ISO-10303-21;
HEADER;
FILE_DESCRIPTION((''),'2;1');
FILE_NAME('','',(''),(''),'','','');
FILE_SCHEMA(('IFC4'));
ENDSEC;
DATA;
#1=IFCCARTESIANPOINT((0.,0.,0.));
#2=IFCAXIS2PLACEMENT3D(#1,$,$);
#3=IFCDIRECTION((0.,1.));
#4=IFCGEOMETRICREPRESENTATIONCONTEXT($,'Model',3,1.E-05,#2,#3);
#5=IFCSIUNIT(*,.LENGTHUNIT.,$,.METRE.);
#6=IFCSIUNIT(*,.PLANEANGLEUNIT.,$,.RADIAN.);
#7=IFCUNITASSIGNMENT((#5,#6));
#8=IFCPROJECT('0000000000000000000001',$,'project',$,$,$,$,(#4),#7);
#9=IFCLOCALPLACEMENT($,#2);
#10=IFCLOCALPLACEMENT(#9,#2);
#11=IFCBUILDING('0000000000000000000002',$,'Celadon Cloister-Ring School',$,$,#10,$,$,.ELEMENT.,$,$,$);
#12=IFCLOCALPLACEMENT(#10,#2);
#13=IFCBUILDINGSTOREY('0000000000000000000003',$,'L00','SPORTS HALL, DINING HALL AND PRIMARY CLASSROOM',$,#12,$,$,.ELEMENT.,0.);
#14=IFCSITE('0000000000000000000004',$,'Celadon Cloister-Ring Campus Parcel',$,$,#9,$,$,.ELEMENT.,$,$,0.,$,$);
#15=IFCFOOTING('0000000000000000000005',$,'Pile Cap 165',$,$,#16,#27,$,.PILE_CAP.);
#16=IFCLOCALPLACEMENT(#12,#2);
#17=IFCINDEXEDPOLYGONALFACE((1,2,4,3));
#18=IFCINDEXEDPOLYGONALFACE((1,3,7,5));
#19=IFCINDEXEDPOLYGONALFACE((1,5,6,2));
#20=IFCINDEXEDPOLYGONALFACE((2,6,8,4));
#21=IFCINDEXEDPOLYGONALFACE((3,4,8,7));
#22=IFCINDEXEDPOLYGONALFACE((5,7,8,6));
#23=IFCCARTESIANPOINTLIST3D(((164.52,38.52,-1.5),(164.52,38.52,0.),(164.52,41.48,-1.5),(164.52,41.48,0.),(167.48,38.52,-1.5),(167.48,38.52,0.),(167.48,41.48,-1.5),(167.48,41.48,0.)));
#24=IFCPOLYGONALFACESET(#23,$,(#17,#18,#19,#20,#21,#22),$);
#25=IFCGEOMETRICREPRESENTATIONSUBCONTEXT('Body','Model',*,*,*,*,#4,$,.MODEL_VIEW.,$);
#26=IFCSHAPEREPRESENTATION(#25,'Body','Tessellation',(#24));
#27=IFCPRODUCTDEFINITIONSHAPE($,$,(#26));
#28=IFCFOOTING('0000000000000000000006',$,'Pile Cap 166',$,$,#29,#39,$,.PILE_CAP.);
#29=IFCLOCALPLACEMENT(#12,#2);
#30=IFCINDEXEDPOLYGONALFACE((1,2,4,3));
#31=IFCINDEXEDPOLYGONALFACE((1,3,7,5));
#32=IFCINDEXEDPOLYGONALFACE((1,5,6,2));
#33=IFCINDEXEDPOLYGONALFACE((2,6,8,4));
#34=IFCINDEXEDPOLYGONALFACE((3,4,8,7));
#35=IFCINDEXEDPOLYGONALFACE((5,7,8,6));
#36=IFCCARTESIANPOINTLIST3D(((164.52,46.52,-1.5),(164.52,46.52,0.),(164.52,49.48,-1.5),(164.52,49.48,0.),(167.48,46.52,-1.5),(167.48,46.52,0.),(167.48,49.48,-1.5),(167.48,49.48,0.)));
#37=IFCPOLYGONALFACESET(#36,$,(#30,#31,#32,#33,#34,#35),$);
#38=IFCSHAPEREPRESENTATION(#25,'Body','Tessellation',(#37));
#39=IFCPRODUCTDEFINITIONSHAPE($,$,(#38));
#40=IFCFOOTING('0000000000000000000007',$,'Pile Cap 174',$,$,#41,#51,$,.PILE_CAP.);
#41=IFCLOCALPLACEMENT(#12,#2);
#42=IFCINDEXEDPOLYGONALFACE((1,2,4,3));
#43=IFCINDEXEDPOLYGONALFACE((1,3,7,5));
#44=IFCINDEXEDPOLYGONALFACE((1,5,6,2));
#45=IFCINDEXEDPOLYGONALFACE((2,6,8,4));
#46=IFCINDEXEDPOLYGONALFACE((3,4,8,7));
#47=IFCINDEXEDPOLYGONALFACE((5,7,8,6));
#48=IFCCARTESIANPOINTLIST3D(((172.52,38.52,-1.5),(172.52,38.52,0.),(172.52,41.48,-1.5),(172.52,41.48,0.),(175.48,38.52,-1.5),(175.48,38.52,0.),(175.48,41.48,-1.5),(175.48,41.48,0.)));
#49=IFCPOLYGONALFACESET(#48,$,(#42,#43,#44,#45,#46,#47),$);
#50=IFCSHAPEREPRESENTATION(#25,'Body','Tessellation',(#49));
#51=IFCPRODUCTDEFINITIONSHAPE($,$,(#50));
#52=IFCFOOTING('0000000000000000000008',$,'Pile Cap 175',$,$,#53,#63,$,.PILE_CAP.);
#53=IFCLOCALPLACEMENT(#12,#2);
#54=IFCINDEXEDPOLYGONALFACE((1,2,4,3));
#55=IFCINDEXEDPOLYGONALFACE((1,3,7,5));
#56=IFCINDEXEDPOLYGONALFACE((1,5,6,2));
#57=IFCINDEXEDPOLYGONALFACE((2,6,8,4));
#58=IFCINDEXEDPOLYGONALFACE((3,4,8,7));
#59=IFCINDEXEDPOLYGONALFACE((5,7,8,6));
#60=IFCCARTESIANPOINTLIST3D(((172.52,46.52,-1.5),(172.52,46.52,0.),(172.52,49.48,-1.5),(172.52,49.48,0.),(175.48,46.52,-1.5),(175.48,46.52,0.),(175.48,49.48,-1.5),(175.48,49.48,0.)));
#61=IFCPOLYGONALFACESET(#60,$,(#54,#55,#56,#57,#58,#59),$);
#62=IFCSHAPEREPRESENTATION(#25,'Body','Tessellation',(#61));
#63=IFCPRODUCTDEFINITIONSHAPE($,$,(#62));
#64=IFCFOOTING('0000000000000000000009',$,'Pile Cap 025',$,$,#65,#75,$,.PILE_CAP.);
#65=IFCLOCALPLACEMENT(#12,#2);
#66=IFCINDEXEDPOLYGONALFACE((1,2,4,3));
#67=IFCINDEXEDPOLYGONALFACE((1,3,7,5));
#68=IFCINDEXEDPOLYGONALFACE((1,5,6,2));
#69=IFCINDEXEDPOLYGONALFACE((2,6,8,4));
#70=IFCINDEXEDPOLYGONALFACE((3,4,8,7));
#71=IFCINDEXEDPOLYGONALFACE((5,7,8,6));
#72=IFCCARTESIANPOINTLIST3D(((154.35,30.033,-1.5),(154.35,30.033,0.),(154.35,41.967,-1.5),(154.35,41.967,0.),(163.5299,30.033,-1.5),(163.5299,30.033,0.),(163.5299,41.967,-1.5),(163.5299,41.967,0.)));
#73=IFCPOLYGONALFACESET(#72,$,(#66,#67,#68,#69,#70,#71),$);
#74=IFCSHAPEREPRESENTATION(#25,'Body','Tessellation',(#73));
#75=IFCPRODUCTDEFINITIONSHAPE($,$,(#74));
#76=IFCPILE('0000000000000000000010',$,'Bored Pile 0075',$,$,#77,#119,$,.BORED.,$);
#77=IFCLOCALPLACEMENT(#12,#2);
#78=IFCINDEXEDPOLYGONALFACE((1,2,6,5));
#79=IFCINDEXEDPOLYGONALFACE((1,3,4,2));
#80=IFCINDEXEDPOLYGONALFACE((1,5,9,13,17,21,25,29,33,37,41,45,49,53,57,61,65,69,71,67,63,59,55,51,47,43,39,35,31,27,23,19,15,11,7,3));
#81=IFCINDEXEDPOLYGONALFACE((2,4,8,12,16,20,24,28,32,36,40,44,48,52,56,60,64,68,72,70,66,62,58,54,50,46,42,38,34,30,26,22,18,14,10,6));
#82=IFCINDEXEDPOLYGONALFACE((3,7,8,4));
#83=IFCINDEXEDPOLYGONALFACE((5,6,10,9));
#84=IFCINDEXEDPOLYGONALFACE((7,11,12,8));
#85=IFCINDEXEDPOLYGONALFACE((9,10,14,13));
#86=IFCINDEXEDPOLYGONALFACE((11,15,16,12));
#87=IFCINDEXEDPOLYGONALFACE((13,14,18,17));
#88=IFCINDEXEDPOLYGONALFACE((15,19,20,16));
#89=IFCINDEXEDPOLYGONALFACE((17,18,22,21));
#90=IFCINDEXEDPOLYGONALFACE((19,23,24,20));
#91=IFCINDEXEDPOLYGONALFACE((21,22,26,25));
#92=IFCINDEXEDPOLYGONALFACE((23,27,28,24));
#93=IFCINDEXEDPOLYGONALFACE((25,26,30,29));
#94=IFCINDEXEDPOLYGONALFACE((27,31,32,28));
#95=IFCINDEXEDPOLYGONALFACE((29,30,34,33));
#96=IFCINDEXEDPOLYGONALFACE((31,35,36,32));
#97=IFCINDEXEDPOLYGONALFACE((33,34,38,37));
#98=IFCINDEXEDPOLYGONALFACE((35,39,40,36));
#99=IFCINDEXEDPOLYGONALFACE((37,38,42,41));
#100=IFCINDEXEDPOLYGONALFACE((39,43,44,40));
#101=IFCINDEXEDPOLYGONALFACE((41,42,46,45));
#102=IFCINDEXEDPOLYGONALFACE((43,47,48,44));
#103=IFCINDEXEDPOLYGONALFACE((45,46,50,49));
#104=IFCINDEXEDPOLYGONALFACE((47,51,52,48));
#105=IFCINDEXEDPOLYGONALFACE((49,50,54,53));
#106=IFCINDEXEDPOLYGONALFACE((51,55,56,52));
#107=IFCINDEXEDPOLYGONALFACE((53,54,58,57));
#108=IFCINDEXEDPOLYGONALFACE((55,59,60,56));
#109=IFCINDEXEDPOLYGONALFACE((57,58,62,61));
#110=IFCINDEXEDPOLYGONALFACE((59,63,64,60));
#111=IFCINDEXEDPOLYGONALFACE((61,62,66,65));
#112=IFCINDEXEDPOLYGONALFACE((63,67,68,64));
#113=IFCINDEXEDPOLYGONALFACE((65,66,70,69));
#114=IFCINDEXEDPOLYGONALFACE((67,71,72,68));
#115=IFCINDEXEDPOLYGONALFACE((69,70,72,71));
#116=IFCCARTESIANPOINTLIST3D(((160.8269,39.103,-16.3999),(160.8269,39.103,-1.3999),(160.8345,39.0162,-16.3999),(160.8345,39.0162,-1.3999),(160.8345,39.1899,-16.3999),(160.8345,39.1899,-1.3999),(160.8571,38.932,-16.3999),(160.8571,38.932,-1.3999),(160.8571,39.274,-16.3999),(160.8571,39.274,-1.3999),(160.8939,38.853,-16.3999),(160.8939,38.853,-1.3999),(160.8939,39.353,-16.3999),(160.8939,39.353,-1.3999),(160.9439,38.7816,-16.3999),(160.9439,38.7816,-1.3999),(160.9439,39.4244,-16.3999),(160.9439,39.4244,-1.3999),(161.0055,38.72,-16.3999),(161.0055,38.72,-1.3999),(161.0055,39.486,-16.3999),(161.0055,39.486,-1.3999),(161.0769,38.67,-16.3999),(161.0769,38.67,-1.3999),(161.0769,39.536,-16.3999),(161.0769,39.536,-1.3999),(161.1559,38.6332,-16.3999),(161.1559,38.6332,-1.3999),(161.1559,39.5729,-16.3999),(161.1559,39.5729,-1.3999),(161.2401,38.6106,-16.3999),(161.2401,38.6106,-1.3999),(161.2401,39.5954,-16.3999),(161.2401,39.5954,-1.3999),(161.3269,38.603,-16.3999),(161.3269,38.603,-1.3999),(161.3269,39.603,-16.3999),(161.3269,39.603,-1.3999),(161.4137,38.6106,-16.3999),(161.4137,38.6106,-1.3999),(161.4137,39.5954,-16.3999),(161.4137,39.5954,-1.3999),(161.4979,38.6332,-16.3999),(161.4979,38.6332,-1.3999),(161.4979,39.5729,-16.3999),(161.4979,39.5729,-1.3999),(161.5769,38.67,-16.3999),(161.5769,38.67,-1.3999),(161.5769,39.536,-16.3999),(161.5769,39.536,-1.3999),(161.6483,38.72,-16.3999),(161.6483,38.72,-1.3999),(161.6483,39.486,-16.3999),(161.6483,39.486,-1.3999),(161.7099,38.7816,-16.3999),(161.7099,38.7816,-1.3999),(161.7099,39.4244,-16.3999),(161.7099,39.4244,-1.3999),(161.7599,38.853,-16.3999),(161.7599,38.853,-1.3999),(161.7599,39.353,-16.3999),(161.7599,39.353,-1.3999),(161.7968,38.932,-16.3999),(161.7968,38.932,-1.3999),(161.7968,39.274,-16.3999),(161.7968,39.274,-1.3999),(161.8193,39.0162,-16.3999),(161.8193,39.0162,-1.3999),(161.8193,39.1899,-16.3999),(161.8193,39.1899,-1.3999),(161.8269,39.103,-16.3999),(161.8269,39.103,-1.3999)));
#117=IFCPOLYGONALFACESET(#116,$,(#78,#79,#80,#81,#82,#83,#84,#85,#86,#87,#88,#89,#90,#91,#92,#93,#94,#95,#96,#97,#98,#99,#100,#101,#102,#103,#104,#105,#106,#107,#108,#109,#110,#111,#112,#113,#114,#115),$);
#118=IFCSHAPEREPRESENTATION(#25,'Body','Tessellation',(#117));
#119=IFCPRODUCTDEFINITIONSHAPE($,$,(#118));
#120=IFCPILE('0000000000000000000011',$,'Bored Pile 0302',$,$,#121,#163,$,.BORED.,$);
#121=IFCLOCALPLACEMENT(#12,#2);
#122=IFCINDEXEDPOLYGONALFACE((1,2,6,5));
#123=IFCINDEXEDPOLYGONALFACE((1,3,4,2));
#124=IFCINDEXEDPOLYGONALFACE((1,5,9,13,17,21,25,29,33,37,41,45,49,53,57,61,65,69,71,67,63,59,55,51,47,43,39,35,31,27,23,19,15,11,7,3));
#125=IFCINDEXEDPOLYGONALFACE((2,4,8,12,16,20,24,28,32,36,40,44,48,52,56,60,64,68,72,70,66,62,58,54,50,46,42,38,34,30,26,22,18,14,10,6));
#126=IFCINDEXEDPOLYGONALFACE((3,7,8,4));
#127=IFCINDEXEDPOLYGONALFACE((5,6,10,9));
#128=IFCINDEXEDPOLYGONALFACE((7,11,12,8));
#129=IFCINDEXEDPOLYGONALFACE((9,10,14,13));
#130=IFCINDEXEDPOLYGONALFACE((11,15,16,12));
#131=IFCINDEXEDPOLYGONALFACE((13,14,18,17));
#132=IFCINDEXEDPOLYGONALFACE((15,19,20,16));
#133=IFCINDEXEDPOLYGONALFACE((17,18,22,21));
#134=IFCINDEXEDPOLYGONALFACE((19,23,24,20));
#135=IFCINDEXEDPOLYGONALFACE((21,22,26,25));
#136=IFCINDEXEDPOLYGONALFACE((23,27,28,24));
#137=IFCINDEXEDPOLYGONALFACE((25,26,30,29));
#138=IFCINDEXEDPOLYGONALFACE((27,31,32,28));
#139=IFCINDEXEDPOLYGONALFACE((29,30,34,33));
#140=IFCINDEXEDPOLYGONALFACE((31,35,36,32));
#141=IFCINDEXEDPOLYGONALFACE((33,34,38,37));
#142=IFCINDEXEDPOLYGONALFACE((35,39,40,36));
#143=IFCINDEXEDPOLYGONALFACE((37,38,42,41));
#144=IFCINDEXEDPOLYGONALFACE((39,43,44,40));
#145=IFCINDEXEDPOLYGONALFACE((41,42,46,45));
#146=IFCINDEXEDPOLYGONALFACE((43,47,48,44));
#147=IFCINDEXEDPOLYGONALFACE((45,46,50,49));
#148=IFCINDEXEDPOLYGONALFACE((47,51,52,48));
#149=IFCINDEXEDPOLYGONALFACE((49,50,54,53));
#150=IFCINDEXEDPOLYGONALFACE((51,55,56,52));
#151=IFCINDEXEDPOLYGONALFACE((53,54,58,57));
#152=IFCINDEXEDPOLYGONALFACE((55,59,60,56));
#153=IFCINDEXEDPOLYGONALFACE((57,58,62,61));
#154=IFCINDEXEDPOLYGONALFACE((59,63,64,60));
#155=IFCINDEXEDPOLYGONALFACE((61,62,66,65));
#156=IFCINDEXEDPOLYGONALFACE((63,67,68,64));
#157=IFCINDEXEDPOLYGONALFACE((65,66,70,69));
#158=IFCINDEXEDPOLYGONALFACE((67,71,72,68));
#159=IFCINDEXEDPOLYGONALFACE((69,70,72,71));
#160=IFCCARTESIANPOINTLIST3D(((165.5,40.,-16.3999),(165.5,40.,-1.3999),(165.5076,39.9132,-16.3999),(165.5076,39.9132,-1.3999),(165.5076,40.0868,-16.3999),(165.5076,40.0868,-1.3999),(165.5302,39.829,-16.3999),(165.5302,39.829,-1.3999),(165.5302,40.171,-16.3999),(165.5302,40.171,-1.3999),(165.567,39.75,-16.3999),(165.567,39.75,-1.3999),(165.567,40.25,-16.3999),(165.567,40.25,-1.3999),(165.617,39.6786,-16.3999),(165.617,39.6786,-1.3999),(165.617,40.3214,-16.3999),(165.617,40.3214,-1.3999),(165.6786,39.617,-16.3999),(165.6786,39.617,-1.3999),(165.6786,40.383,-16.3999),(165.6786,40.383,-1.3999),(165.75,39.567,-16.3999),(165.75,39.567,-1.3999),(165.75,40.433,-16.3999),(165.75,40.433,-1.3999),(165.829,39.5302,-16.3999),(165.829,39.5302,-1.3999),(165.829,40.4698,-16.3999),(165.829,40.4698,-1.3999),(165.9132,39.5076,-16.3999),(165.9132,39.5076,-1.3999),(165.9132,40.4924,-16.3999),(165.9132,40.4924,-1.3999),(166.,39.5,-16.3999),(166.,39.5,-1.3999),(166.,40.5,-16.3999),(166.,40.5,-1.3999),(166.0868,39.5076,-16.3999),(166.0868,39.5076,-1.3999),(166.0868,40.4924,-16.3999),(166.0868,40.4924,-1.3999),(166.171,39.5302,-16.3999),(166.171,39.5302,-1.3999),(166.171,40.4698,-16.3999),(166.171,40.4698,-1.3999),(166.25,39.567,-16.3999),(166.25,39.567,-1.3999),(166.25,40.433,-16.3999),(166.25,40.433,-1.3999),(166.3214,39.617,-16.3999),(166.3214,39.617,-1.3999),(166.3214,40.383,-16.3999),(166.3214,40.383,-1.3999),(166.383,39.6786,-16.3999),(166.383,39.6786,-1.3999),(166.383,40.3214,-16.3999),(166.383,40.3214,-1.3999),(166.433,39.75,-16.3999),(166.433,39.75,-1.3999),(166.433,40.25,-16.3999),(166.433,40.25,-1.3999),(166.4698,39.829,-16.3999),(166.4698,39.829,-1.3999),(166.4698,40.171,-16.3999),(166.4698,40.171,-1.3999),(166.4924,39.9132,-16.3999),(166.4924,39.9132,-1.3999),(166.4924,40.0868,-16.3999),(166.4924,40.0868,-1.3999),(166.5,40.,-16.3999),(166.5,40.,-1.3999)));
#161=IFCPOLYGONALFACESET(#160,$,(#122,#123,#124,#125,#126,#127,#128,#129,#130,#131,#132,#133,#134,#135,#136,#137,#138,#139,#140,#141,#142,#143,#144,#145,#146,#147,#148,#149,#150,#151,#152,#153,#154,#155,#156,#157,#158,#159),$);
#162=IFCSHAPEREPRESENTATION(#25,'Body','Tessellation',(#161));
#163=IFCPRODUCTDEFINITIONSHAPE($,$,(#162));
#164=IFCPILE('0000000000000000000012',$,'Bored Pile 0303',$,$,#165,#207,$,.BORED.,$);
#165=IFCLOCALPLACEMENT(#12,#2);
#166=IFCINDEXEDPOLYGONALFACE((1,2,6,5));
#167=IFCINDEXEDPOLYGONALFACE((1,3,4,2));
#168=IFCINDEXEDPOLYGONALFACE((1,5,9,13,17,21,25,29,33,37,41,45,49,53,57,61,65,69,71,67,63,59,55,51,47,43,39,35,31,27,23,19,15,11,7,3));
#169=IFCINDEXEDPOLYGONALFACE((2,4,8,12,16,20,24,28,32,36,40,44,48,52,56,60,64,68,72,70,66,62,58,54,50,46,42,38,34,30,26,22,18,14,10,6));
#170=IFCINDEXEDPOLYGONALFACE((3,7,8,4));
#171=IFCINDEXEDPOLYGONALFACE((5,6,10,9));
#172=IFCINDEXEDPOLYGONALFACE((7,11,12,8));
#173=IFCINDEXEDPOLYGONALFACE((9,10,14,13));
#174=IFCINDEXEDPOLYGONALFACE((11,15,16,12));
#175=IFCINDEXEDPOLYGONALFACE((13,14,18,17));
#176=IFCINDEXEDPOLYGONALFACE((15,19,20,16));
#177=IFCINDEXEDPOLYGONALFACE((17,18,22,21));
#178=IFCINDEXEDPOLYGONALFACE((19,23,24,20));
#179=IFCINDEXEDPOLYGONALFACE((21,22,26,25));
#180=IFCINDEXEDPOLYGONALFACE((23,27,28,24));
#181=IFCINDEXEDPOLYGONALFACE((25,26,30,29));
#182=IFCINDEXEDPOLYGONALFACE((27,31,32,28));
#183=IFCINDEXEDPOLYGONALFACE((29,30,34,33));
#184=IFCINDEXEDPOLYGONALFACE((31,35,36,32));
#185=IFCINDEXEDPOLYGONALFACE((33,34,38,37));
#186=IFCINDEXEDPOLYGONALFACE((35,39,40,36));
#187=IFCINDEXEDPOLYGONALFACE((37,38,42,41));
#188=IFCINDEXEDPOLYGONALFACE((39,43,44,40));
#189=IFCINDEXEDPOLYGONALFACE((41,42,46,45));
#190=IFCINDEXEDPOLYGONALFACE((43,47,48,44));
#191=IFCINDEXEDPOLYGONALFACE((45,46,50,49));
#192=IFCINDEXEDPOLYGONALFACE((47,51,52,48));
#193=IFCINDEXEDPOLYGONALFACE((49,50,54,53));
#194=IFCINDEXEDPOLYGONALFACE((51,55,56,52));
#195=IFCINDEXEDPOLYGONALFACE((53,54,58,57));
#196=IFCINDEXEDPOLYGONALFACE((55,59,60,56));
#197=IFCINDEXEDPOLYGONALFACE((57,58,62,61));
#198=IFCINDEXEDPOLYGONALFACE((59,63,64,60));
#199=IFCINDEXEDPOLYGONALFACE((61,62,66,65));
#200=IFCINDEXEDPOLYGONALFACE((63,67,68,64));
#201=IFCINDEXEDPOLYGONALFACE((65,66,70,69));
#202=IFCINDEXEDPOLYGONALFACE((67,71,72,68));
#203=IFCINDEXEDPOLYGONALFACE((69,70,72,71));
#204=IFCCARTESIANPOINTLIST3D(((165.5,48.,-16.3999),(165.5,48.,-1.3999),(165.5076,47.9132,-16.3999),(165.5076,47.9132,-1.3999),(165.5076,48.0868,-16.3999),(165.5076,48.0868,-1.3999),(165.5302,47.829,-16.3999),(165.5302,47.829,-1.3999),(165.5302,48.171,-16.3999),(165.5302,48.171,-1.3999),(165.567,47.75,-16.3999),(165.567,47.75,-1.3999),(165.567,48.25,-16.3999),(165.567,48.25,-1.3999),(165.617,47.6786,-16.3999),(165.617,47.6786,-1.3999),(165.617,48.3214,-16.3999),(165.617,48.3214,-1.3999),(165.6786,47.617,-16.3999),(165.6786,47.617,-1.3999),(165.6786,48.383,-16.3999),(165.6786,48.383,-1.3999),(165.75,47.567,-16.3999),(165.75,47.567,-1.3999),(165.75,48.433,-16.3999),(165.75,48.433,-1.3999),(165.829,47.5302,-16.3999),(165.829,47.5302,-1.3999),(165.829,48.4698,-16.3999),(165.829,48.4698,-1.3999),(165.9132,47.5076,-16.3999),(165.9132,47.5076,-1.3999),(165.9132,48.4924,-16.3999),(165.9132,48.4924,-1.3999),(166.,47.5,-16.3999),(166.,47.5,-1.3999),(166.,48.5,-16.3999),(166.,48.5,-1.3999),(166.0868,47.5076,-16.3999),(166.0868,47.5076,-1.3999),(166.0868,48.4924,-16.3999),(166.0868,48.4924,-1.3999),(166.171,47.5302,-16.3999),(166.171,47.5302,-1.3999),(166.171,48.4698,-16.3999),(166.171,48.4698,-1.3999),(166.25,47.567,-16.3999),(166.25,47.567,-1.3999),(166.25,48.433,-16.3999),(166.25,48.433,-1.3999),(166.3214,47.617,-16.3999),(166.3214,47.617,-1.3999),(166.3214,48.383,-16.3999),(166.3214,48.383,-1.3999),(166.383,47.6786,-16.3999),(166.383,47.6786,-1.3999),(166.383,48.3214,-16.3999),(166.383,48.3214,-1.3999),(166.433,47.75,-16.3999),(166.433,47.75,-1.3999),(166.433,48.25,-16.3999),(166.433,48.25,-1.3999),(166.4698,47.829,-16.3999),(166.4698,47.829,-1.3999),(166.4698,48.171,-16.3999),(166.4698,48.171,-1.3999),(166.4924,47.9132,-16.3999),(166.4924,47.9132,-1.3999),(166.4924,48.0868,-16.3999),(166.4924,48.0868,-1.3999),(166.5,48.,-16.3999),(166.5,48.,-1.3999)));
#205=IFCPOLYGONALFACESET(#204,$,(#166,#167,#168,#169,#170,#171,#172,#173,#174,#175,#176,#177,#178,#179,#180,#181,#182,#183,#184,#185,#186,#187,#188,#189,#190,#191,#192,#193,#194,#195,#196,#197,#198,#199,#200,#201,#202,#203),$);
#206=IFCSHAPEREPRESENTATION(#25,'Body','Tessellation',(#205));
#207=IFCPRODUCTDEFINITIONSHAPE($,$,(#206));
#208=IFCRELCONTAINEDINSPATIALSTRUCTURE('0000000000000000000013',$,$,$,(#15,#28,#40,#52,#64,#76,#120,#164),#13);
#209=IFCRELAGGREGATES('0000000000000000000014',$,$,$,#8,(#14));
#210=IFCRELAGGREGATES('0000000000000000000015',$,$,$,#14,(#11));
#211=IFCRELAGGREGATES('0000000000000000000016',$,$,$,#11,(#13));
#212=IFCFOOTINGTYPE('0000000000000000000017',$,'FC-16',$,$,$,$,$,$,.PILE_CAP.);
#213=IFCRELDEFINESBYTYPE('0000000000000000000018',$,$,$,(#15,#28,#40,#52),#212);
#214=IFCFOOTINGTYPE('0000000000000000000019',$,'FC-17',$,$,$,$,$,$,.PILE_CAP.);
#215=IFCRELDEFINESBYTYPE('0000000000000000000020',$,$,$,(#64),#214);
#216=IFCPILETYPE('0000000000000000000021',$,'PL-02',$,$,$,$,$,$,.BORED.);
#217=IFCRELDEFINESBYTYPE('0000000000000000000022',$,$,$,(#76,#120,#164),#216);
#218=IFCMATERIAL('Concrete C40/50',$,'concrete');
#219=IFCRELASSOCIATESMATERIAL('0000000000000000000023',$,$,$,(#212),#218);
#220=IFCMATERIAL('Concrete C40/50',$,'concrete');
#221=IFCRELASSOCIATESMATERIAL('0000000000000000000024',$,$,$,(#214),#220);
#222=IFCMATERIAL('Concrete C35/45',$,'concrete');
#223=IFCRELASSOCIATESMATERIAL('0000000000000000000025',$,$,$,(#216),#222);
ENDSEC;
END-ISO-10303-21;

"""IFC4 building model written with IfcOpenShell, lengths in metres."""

from ifc_helpers import new_model, si_unit, direction, frame, origin, origin_2d, place, context, subcontext, project, spatial, rectangle, circle, extrude, material, material_profile, profile_set, type_object, element, save


model = new_model("IFC4")

# Units and contexts
model_context = context("Model", 3, precision=1e-05, world=origin(), true_north=direction((0.0, 1.0)))
body_context = subcontext(model_context, "Body", "Model", "MODEL_VIEW")
ifc_project = project(units=[si_unit("LENGTHUNIT", "METRE"), si_unit("PLANEANGLEUNIT", "RADIAN")], contexts=[model_context])

# Site, building, storey
site_placement = place(None, origin())
site = spatial("IfcSite", under=ifc_project, at=site_placement, Name="Celadon Cloister-Ring Campus Parcel", CompositionType="ELEMENT", RefElevation=0.0)
building_placement = place(site_placement, origin())
building = spatial("IfcBuilding", under=site, at=building_placement, Name="Celadon Cloister-Ring School", CompositionType="ELEMENT")
storey_placement = place(building_placement, origin())
storey = spatial("IfcBuildingStorey", under=building, at=storey_placement, Name="L00", Description="SPORTS HALL, DINING HALL AND PRIMARY CLASSROOM", CompositionType="ELEMENT", Elevation=0.0)

# Footings
ifc_material_1 = material(Name="Concrete C40/50", Category="concrete")
footing_type_1 = type_object("IfcFootingType", Name="FC-16", PredefinedType="PILE_CAP", material=ifc_material_1)
for number, where, z_axis, x_axis, name in (
    (1, (166.0, 40.0, -1.5), (0.0, 0.0, 1.0), (1.0, 0.0, 0.0), "Pile Cap 165"),
    (2, (166.0, 48.0, -1.5), (0.0, 0.0, 1.0), (1.0, 0.0, 0.0), "Pile Cap 166"),
    (3, (174.0, 40.0, -1.5), (0.0, 0.0, 1.0), (1.0, 0.0, 0.0), "Pile Cap 174"),
    (4, (174.0, 48.0, -1.5), (0.0, 0.0, 1.0), (1.0, 0.0, 0.0), "Pile Cap 175"),
):
    element("IfcFooting", number, at=place(storey_placement, frame(where, z_axis=z_axis, x_axis=x_axis)), inside=storey, type_object=footing_type_1, Name=name, PredefinedType="PILE_CAP", context=body_context, shape_type="SweptSolid", body=[
        extrude(rectangle(XDim=2.96, YDim=2.96, at=origin_2d()), origin(), (0.0, 0.0, 1.0), 1.5),
    ])
ifc_material_2 = material(Name="Concrete C40/50", Category="concrete")
footing_type_2 = type_object("IfcFootingType", Name="FC-17", PredefinedType="PILE_CAP", material=ifc_material_2)
footing_placement = place(storey_placement, frame((158.9399, 36.0, -1.5), z_axis=(0.0, 0.0, 1.0), x_axis=(1.0, 0.0, 0.0)))
element("IfcFooting", 5, at=footing_placement, inside=storey, type_object=footing_type_2, Name="Pile Cap 025", PredefinedType="PILE_CAP", context=body_context, shape_type="SweptSolid", body=[
    extrude(rectangle(XDim=9.1799, YDim=11.9341, at=origin_2d()), origin(), (0.0, 0.0, 1.0), 1.5),
])

# Piles
ifc_material_3 = material(Name="Concrete C35/45", Category="concrete")
ifc_material_profile_1 = material_profile(ifc_material_3, circle(Radius=0.5, at=origin_2d()), Name="PILE1000")
ifc_profile_set_1 = profile_set([ifc_material_profile_1], Name="Concrete C35/45")
pile_type = type_object("IfcPileType", Name="PL-02", PredefinedType="BORED", material=ifc_profile_set_1)
for number, where, z_axis, x_axis, name in (
    (6, (161.3269, 39.103, -1.3999), (0.0, 0.0, -1.0), (1.0, 0.0, 0.0), "Bored Pile 0075"),
    (7, (166.0, 40.0, -1.3999), (0.0, 0.0, -1.0), (1.0, 0.0, 0.0), "Bored Pile 0302"),
    (8, (166.0, 48.0, -1.3999), (0.0, 0.0, -1.0), (1.0, 0.0, 0.0), "Bored Pile 0303"),
):
    element("IfcPile", number, at=place(storey_placement, frame(where, z_axis=z_axis, x_axis=x_axis)), inside=storey, type_object=pile_type, Name=name, PredefinedType="BORED", context=body_context, shape_type="SweptSolid", body=[
        extrude(circle(Radius=0.5, at=origin_2d()), origin(), (0.0, 0.0, 1.0), 15.0),
    ])

save(model, "model.ifc")
